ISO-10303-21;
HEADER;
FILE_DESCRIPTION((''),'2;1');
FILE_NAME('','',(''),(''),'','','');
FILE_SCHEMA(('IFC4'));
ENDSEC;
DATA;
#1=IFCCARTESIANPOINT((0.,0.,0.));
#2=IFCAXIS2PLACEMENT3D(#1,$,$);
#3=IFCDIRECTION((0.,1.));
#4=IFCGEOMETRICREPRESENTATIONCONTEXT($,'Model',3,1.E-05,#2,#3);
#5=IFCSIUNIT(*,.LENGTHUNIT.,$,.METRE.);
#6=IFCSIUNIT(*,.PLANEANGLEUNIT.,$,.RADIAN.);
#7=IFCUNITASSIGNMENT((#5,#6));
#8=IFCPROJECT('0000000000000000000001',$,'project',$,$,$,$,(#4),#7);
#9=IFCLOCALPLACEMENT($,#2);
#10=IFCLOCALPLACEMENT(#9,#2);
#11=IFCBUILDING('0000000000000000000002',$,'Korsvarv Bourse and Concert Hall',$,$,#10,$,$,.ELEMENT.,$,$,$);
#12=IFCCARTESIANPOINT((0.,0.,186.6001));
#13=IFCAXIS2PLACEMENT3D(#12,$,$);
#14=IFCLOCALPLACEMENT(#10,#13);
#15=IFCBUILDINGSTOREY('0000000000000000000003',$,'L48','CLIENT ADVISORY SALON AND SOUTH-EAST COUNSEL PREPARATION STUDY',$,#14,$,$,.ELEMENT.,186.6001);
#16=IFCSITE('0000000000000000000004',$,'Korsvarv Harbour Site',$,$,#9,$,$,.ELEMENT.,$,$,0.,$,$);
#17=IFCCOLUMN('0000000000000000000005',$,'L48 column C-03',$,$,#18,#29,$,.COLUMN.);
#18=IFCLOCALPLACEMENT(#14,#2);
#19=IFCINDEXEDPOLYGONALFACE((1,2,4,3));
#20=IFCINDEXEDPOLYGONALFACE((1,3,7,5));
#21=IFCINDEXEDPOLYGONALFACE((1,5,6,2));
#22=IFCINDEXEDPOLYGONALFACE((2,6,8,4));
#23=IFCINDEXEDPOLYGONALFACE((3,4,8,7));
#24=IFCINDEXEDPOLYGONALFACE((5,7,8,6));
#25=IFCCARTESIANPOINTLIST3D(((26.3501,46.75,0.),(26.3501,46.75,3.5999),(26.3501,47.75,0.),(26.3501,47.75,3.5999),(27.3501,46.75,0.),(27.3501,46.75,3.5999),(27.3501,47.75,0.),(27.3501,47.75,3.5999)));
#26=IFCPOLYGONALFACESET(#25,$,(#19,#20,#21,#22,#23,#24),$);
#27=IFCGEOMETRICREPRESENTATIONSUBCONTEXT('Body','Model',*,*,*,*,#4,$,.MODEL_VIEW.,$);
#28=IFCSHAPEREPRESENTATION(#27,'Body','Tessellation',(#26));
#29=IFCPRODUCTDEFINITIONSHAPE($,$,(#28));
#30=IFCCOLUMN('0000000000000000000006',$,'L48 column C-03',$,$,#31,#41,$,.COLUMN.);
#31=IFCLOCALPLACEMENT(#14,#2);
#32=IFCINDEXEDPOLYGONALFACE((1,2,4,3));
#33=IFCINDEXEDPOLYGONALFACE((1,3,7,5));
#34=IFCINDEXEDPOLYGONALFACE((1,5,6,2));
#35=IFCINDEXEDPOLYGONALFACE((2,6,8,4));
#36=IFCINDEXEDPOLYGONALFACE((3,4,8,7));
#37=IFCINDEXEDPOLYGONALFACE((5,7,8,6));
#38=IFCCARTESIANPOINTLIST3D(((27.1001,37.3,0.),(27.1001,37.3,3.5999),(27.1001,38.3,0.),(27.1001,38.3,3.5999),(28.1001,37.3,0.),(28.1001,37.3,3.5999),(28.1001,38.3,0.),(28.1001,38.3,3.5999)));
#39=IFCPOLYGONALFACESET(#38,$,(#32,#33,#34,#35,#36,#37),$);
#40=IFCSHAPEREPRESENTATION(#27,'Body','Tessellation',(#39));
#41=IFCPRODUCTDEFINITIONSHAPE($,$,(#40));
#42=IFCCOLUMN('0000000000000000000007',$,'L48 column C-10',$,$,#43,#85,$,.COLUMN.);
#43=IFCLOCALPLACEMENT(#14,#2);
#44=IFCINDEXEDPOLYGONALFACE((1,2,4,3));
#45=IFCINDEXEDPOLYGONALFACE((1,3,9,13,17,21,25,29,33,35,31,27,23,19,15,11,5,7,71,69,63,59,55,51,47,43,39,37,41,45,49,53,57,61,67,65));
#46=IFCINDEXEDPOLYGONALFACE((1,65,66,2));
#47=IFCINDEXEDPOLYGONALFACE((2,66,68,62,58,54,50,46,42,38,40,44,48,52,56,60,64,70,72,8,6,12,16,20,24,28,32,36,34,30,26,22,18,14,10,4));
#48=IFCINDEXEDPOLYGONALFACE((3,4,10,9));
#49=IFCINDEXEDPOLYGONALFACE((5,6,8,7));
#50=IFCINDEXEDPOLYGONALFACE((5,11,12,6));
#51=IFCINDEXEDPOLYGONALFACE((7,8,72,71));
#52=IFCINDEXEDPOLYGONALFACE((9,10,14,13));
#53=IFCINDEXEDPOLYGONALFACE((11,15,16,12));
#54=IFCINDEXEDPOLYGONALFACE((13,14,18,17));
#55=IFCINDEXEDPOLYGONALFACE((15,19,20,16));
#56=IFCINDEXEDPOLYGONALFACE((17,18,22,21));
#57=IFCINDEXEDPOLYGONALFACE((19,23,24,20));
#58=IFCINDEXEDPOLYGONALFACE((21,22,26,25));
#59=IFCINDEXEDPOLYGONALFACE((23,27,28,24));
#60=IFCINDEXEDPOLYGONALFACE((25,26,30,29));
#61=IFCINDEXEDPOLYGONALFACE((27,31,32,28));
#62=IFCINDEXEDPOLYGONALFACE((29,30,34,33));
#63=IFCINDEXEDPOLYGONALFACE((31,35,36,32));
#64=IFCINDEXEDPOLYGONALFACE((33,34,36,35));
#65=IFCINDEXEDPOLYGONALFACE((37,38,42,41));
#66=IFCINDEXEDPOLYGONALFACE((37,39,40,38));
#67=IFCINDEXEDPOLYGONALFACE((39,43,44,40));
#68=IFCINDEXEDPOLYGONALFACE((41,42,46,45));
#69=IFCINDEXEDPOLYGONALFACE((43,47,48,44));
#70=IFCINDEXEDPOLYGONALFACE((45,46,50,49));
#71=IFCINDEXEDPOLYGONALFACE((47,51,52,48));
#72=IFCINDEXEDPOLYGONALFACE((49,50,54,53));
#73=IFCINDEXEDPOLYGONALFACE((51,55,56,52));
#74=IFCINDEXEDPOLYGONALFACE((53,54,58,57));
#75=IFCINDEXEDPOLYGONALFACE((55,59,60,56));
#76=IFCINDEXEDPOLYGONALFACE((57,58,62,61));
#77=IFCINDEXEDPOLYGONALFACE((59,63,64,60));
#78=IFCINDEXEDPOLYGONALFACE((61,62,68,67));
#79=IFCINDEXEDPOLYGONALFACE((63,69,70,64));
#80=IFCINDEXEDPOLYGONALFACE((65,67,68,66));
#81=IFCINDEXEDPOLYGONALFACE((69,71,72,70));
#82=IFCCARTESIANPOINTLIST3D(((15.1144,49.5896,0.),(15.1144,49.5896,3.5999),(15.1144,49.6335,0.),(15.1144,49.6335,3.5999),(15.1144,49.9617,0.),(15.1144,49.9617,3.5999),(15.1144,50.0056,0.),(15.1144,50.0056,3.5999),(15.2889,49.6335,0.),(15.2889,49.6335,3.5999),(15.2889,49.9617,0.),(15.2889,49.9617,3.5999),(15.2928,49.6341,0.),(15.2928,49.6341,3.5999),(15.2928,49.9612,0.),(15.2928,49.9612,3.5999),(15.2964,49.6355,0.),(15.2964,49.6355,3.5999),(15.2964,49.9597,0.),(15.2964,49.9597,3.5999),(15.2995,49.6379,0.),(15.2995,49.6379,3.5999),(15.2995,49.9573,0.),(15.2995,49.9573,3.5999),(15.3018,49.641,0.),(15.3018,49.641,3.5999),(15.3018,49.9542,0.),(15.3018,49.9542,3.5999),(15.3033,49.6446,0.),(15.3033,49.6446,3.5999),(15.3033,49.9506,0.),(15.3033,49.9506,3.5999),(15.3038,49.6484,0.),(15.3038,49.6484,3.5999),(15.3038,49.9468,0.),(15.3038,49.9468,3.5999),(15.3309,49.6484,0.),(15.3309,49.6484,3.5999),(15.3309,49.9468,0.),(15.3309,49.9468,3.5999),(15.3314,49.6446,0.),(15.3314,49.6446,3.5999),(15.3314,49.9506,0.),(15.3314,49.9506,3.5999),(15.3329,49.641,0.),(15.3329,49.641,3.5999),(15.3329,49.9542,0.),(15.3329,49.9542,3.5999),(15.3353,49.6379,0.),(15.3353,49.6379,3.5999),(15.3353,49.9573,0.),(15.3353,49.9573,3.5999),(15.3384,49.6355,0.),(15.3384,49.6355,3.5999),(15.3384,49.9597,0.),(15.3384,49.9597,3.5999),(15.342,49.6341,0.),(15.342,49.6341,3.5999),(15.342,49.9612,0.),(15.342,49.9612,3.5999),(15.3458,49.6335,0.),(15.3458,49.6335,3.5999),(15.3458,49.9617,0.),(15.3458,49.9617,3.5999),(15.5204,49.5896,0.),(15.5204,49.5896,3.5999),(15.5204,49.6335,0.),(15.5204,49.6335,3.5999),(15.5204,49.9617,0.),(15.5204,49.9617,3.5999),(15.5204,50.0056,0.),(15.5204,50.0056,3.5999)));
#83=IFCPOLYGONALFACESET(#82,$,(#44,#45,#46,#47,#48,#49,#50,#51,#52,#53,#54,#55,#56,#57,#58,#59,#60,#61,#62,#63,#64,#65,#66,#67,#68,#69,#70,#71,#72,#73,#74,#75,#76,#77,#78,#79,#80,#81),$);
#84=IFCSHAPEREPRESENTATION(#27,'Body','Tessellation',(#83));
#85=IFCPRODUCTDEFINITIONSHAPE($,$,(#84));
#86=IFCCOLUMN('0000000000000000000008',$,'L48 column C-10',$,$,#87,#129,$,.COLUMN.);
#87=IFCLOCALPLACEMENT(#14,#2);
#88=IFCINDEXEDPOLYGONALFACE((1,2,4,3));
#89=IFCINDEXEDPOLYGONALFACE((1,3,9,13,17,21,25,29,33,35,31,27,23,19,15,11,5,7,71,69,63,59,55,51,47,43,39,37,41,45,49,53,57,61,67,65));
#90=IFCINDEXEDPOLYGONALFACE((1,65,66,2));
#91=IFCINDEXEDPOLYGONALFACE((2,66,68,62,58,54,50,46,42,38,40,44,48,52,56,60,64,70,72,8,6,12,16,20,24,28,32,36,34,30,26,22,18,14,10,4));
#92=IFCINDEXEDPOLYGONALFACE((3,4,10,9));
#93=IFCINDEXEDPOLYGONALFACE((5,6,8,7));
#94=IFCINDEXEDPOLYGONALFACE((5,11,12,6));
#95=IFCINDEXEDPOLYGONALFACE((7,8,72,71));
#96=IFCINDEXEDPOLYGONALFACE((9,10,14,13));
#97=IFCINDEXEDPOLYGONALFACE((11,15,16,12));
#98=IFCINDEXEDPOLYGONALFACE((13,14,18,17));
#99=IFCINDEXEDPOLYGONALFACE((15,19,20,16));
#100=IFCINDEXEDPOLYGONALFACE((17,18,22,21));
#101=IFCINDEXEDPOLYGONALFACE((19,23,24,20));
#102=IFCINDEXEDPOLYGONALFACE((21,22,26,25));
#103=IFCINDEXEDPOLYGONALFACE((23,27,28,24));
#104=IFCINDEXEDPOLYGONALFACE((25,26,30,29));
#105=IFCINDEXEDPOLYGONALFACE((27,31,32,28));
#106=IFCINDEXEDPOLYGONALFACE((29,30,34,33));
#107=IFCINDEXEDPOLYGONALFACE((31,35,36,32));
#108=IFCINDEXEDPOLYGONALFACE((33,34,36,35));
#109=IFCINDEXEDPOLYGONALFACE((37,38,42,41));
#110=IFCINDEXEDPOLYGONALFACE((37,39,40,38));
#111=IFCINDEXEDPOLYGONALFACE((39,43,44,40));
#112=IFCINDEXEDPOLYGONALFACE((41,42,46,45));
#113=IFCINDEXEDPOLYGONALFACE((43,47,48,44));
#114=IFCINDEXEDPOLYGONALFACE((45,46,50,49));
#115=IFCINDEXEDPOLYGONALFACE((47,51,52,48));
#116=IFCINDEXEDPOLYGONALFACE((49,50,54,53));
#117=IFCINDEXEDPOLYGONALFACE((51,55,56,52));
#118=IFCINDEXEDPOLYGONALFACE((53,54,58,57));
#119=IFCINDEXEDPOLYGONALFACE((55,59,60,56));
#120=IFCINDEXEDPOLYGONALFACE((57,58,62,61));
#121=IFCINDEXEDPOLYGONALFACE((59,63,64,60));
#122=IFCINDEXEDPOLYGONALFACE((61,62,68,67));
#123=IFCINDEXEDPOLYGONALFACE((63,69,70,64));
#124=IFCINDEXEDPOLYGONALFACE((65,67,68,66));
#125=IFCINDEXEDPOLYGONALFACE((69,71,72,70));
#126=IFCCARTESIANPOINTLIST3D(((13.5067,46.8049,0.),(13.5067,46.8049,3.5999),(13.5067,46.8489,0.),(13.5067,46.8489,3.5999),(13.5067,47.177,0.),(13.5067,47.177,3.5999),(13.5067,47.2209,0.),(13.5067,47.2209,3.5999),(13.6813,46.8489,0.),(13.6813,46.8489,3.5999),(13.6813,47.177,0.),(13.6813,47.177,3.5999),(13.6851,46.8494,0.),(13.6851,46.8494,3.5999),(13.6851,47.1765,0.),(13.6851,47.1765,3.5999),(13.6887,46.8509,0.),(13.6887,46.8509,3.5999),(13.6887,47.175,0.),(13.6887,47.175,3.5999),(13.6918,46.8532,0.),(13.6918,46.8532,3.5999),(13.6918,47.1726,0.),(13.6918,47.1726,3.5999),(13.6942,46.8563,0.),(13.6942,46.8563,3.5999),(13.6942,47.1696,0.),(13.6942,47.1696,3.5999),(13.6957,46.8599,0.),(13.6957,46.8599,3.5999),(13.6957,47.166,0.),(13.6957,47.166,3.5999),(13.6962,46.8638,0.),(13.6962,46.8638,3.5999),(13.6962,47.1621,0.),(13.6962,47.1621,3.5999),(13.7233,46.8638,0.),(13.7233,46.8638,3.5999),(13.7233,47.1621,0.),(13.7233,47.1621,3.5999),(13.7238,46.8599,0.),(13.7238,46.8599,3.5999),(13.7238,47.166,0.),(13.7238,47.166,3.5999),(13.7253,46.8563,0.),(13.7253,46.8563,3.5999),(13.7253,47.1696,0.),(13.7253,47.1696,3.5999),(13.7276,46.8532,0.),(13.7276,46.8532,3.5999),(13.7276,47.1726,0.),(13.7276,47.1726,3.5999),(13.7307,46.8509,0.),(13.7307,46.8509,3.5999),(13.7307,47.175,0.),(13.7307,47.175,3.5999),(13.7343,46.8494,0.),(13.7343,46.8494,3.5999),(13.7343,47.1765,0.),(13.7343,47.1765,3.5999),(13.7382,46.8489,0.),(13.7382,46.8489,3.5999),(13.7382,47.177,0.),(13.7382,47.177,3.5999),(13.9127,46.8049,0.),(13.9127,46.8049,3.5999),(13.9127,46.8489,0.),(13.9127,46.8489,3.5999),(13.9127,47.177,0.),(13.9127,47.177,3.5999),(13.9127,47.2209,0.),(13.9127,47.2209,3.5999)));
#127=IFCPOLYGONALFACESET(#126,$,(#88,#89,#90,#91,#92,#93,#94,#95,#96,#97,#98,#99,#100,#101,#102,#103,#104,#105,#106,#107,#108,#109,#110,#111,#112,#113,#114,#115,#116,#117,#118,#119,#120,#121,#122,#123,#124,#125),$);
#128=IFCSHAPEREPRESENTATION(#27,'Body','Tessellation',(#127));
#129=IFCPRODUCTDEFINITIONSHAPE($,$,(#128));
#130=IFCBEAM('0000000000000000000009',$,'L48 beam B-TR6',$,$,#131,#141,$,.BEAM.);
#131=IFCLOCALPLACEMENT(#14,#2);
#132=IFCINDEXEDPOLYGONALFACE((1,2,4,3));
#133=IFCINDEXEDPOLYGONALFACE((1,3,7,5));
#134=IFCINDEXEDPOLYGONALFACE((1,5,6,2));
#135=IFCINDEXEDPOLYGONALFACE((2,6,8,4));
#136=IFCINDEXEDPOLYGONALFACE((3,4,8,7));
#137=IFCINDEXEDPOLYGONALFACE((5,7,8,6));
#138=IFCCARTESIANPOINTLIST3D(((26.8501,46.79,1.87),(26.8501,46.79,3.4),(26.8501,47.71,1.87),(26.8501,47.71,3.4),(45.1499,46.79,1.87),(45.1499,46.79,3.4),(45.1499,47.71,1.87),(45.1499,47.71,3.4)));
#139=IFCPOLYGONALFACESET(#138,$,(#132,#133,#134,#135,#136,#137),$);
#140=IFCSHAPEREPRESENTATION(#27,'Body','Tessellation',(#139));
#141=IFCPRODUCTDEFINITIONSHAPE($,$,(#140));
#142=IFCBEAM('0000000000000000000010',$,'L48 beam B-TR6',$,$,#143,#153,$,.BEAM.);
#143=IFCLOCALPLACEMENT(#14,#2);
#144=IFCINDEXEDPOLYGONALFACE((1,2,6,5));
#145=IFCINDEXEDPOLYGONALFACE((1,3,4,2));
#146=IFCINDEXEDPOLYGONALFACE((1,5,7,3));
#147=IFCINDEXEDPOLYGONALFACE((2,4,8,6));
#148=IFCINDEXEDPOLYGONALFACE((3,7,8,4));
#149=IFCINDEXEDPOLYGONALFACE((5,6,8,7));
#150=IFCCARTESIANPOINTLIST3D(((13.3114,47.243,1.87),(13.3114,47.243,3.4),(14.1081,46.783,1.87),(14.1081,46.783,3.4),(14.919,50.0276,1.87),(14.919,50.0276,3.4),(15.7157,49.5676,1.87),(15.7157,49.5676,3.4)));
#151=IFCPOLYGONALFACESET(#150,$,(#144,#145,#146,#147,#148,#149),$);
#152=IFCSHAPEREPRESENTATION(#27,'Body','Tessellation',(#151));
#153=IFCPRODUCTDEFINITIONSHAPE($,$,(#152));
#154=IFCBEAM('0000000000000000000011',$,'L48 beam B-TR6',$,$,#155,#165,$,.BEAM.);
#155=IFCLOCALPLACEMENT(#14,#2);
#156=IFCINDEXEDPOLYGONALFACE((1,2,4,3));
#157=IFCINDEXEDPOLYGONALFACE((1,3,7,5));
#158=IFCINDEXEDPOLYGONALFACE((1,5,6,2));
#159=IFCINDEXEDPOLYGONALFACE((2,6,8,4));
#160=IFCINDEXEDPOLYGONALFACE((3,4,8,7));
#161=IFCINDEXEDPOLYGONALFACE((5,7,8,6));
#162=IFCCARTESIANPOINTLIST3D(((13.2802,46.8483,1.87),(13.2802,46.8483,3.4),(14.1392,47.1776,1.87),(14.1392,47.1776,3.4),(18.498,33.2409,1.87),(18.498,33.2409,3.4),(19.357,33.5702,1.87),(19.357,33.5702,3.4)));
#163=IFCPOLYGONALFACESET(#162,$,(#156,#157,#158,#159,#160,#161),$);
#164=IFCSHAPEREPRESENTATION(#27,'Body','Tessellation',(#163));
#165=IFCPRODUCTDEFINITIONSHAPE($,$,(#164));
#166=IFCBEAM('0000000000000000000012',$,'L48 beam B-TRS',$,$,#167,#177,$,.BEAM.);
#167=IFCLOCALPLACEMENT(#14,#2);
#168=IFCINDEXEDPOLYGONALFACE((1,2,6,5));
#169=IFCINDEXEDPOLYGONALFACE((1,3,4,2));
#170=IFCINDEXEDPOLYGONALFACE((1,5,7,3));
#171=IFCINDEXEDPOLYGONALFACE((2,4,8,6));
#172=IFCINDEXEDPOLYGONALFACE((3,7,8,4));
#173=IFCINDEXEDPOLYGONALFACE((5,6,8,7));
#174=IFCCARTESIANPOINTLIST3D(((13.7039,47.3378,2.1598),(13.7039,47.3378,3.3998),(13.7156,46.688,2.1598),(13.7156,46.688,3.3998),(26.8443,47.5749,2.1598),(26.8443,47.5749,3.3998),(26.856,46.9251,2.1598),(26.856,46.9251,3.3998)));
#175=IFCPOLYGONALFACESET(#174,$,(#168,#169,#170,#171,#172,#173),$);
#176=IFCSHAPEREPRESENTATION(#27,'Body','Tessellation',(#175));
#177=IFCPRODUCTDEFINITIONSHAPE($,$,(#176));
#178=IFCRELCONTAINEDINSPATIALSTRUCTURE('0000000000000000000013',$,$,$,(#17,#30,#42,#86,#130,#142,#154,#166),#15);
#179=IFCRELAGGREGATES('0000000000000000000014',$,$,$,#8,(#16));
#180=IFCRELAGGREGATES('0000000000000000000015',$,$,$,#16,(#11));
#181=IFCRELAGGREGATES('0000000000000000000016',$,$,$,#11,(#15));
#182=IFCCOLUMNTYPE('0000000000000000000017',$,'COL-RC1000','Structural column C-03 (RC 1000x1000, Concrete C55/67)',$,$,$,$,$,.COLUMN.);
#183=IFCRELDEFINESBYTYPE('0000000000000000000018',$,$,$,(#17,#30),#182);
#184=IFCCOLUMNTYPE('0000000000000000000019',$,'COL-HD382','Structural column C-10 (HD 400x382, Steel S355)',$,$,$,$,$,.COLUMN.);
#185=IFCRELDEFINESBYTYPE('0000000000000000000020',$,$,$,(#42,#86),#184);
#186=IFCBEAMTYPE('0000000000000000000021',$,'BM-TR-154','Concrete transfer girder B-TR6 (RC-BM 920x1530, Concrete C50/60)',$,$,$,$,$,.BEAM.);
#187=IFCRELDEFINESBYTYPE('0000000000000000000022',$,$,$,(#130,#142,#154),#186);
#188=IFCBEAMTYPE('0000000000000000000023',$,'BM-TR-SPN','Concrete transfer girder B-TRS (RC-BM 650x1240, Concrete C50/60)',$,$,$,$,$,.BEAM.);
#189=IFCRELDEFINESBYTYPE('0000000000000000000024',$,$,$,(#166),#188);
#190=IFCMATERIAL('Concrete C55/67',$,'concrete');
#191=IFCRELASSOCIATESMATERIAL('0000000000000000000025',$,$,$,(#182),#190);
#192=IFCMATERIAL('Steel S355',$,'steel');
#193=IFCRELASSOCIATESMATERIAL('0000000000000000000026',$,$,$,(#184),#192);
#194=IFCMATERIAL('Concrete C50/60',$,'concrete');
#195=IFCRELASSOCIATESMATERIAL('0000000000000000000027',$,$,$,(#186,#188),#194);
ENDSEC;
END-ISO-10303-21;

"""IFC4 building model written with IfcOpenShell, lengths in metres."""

from ifc_helpers import new_model, si_unit, direction, frame, origin, origin_2d, place, context, subcontext, project, spatial, rectangle, i_section, extrude, source, transform, mapped, material, material_profile, profile_set, type_object, element, save


model = new_model("IFC4")

# Units and contexts
model_context = context("Model", 3, precision=1e-05, world=origin(), true_north=direction((0.0, 1.0)))
body_context = subcontext(model_context, "Body", "Model", "MODEL_VIEW")
ifc_project = project(units=[si_unit("LENGTHUNIT", "METRE"), si_unit("PLANEANGLEUNIT", "RADIAN")], contexts=[model_context])

# Site, building, storey
site_placement = place(None, origin())
site = spatial("IfcSite", under=ifc_project, at=site_placement, Name="Korsvarv Harbour Site", CompositionType="ELEMENT", RefElevation=0.0)
building_placement = place(site_placement, origin())
building = spatial("IfcBuilding", under=site, at=building_placement, Name="Korsvarv Bourse and Concert Hall", CompositionType="ELEMENT")
storey_placement = place(building_placement, frame((0.0, 0.0, 186.6001)))
storey = spatial("IfcBuildingStorey", under=building, at=storey_placement, Name="L48", Description="CLIENT ADVISORY SALON AND SOUTH-EAST COUNSEL PREPARATION STUDY", CompositionType="ELEMENT", Elevation=186.6001)

# Columns
ifc_material_1 = material(Name="Concrete C55/67", Category="concrete")
ifc_material_profile_1 = material_profile(ifc_material_1, rectangle(XDim=1.0, YDim=1.0, at=origin_2d()), Name="RC 1000x1000")
ifc_profile_set_1 = profile_set([ifc_material_profile_1], Name="Concrete C55/67")
column_type_1 = type_object("IfcColumnType", Name="COL-RC1000", Description="Structural column C-03 (RC 1000x1000, Concrete C55/67)", PredefinedType="COLUMN", material=ifc_profile_set_1)
shared_shape_1 = source(origin(), body_context, "Body", "SweptSolid", [
    extrude(rectangle(XDim=1.0, YDim=1.0, at=origin_2d()), origin(), (0.0, 0.0, 1.0), 3.5999),
])
for number, where, z_axis, x_axis, name in (
    (1, (26.8501, 47.25, 0.0), (0.0, 0.0, 1.0), (1.0, 0.0, 0.0), "L48 column C-03"),
    (2, (27.6001, 37.8, 0.0), (0.0, 0.0, 1.0), (1.0, 0.0, 0.0), "L48 column C-03"),
):
    element("IfcColumn", number, at=place(storey_placement, frame(where, z_axis=z_axis, x_axis=x_axis)), inside=storey, type_object=column_type_1, Name=name, PredefinedType="COLUMN", context=body_context, shape_type="MappedRepresentation", body=[
        mapped(shared_shape_1, transform((0.0, 0.0, 0.0), scale=1.0)),
    ])
ifc_material_2 = material(Name="Steel S355", Category="steel")
ifc_material_profile_2 = material_profile(ifc_material_2, i_section(OverallWidth=0.406, OverallDepth=0.416, WebThickness=0.0271, FlangeThickness=0.0439, FilletRadius=0.0149, at=origin_2d()), Name="HD 400x382")
ifc_profile_set_2 = profile_set([ifc_material_profile_2], Name="Steel S355")
column_type_2 = type_object("IfcColumnType", Name="COL-HD382", Description="Structural column C-10 (HD 400x382, Steel S355)", PredefinedType="COLUMN", material=ifc_profile_set_2)
shared_shape_2 = source(origin(), body_context, "Body", "SweptSolid", [
    extrude(i_section(OverallWidth=0.406, OverallDepth=0.416, WebThickness=0.0271, FlangeThickness=0.0439, FilletRadius=0.0149, at=origin_2d()), origin(), (0.0, 0.0, 1.0), 3.5999),
])
for number, where, z_axis, x_axis, name in (
    (3, (15.3174, 49.7976, 0.0), (0.0, 0.0, 1.0), (1.0, 0.0, 0.0), "L48 column C-10"),
    (4, (13.7097, 47.0129, 0.0), (0.0, 0.0, 1.0), (1.0, 0.0, 0.0), "L48 column C-10"),
):
    element("IfcColumn", number, at=place(storey_placement, frame(where, z_axis=z_axis, x_axis=x_axis)), inside=storey, type_object=column_type_2, Name=name, PredefinedType="COLUMN", context=body_context, shape_type="MappedRepresentation", body=[
        mapped(shared_shape_2, transform((0.0, 0.0, 0.0), scale=1.0)),
    ])

# Beams
ifc_material_3 = material(Name="Concrete C50/60", Category="concrete")
ifc_material_profile_3 = material_profile(ifc_material_3, rectangle(XDim=0.9199, YDim=1.53, at=origin_2d()), Name="RC-BM 920x1530")
ifc_profile_set_3 = profile_set([ifc_material_profile_3], Name="Concrete C50/60")
beam_type_1 = type_object("IfcBeamType", Name="BM-TR-154", Description="Concrete transfer girder B-TR6 (RC-BM 920x1530, Concrete C50/60)", PredefinedType="BEAM", material=ifc_profile_set_3)
shared_shape_3 = source(origin(), body_context, "Body", "SweptSolid", [
    extrude(rectangle(XDim=0.9199, YDim=1.53, at=origin_2d()), origin(), (0.0, 0.0, 1.0), 18.2998),
])
beam_1_placement = place(storey_placement, frame((26.8501, 47.25, 2.635), z_axis=(1.0, 0.0, 0.0), x_axis=(0.0, 1.0, 0.0)))
element("IfcBeam", 5, at=beam_1_placement, inside=storey, type_object=beam_type_1, Name="L48 beam B-TR6", PredefinedType="BEAM", context=body_context, shape_type="MappedRepresentation", body=[
    mapped(shared_shape_3, transform((0.0, 0.0, 0.0), scale=1.0)),
])
shared_shape_4 = source(origin(), body_context, "Body", "SweptSolid", [
    extrude(rectangle(XDim=0.9199, YDim=1.53, at=origin_2d()), origin(), (0.0, 0.0, 1.0), 3.2153),
])
beam_2_placement = place(storey_placement, frame((15.3174, 49.7976, 2.635), z_axis=(-0.499985, -0.866034, 0.0), x_axis=(0.866034, -0.499985, 0.0)))
element("IfcBeam", 6, at=beam_2_placement, inside=storey, type_object=beam_type_1, Name="L48 beam B-TR6", PredefinedType="BEAM", context=body_context, shape_type="MappedRepresentation", body=[
    mapped(shared_shape_4, transform((0.0, 0.0, 0.0), scale=1.0)),
])
shared_shape_5 = source(origin(), body_context, "Body", "SweptSolid", [
    extrude(rectangle(XDim=0.9199, YDim=1.53, at=origin_2d()), origin(), (0.0, 0.0, 1.0), 14.5735),
])
beam_3_placement = place(storey_placement, frame((13.7097, 47.0129, 2.635), z_axis=(0.358031, -0.93371, 0.0), x_axis=(0.93371, 0.358031, 0.0)))
element("IfcBeam", 7, at=beam_3_placement, inside=storey, type_object=beam_type_1, Name="L48 beam B-TR6", PredefinedType="BEAM", context=body_context, shape_type="MappedRepresentation", body=[
    mapped(shared_shape_5, transform((0.0, 0.0, 0.0), scale=1.0)),
])
ifc_material_profile_4 = material_profile(ifc_material_3, rectangle(XDim=0.6499, YDim=1.24, at=origin_2d()), Name="RC-BM 650x1240")
ifc_profile_set_4 = profile_set([ifc_material_profile_4], Name="Concrete C50/60")
beam_type_2 = type_object("IfcBeamType", Name="BM-TR-SPN", Description="Concrete transfer girder B-TRS (RC-BM 650x1240, Concrete C50/60)", PredefinedType="BEAM", material=ifc_profile_set_4)
shared_shape_6 = source(origin(), body_context, "Body", "SweptSolid", [
    extrude(rectangle(XDim=0.6499, YDim=1.24, at=origin_2d()), origin(), (0.0, 0.0, 1.0), 13.1426),
])
beam_4_placement = place(storey_placement, frame((13.7097, 47.0129, 2.7798), z_axis=(0.999837, 0.018038, 0.0), x_axis=(-0.018038, 0.999837, 0.0)))
element("IfcBeam", 8, at=beam_4_placement, inside=storey, type_object=beam_type_2, Name="L48 beam B-TRS", PredefinedType="BEAM", context=body_context, shape_type="MappedRepresentation", body=[
    mapped(shared_shape_6, transform((0.0, 0.0, 0.0), scale=1.0)),
])

save(model, "model.ifc")
